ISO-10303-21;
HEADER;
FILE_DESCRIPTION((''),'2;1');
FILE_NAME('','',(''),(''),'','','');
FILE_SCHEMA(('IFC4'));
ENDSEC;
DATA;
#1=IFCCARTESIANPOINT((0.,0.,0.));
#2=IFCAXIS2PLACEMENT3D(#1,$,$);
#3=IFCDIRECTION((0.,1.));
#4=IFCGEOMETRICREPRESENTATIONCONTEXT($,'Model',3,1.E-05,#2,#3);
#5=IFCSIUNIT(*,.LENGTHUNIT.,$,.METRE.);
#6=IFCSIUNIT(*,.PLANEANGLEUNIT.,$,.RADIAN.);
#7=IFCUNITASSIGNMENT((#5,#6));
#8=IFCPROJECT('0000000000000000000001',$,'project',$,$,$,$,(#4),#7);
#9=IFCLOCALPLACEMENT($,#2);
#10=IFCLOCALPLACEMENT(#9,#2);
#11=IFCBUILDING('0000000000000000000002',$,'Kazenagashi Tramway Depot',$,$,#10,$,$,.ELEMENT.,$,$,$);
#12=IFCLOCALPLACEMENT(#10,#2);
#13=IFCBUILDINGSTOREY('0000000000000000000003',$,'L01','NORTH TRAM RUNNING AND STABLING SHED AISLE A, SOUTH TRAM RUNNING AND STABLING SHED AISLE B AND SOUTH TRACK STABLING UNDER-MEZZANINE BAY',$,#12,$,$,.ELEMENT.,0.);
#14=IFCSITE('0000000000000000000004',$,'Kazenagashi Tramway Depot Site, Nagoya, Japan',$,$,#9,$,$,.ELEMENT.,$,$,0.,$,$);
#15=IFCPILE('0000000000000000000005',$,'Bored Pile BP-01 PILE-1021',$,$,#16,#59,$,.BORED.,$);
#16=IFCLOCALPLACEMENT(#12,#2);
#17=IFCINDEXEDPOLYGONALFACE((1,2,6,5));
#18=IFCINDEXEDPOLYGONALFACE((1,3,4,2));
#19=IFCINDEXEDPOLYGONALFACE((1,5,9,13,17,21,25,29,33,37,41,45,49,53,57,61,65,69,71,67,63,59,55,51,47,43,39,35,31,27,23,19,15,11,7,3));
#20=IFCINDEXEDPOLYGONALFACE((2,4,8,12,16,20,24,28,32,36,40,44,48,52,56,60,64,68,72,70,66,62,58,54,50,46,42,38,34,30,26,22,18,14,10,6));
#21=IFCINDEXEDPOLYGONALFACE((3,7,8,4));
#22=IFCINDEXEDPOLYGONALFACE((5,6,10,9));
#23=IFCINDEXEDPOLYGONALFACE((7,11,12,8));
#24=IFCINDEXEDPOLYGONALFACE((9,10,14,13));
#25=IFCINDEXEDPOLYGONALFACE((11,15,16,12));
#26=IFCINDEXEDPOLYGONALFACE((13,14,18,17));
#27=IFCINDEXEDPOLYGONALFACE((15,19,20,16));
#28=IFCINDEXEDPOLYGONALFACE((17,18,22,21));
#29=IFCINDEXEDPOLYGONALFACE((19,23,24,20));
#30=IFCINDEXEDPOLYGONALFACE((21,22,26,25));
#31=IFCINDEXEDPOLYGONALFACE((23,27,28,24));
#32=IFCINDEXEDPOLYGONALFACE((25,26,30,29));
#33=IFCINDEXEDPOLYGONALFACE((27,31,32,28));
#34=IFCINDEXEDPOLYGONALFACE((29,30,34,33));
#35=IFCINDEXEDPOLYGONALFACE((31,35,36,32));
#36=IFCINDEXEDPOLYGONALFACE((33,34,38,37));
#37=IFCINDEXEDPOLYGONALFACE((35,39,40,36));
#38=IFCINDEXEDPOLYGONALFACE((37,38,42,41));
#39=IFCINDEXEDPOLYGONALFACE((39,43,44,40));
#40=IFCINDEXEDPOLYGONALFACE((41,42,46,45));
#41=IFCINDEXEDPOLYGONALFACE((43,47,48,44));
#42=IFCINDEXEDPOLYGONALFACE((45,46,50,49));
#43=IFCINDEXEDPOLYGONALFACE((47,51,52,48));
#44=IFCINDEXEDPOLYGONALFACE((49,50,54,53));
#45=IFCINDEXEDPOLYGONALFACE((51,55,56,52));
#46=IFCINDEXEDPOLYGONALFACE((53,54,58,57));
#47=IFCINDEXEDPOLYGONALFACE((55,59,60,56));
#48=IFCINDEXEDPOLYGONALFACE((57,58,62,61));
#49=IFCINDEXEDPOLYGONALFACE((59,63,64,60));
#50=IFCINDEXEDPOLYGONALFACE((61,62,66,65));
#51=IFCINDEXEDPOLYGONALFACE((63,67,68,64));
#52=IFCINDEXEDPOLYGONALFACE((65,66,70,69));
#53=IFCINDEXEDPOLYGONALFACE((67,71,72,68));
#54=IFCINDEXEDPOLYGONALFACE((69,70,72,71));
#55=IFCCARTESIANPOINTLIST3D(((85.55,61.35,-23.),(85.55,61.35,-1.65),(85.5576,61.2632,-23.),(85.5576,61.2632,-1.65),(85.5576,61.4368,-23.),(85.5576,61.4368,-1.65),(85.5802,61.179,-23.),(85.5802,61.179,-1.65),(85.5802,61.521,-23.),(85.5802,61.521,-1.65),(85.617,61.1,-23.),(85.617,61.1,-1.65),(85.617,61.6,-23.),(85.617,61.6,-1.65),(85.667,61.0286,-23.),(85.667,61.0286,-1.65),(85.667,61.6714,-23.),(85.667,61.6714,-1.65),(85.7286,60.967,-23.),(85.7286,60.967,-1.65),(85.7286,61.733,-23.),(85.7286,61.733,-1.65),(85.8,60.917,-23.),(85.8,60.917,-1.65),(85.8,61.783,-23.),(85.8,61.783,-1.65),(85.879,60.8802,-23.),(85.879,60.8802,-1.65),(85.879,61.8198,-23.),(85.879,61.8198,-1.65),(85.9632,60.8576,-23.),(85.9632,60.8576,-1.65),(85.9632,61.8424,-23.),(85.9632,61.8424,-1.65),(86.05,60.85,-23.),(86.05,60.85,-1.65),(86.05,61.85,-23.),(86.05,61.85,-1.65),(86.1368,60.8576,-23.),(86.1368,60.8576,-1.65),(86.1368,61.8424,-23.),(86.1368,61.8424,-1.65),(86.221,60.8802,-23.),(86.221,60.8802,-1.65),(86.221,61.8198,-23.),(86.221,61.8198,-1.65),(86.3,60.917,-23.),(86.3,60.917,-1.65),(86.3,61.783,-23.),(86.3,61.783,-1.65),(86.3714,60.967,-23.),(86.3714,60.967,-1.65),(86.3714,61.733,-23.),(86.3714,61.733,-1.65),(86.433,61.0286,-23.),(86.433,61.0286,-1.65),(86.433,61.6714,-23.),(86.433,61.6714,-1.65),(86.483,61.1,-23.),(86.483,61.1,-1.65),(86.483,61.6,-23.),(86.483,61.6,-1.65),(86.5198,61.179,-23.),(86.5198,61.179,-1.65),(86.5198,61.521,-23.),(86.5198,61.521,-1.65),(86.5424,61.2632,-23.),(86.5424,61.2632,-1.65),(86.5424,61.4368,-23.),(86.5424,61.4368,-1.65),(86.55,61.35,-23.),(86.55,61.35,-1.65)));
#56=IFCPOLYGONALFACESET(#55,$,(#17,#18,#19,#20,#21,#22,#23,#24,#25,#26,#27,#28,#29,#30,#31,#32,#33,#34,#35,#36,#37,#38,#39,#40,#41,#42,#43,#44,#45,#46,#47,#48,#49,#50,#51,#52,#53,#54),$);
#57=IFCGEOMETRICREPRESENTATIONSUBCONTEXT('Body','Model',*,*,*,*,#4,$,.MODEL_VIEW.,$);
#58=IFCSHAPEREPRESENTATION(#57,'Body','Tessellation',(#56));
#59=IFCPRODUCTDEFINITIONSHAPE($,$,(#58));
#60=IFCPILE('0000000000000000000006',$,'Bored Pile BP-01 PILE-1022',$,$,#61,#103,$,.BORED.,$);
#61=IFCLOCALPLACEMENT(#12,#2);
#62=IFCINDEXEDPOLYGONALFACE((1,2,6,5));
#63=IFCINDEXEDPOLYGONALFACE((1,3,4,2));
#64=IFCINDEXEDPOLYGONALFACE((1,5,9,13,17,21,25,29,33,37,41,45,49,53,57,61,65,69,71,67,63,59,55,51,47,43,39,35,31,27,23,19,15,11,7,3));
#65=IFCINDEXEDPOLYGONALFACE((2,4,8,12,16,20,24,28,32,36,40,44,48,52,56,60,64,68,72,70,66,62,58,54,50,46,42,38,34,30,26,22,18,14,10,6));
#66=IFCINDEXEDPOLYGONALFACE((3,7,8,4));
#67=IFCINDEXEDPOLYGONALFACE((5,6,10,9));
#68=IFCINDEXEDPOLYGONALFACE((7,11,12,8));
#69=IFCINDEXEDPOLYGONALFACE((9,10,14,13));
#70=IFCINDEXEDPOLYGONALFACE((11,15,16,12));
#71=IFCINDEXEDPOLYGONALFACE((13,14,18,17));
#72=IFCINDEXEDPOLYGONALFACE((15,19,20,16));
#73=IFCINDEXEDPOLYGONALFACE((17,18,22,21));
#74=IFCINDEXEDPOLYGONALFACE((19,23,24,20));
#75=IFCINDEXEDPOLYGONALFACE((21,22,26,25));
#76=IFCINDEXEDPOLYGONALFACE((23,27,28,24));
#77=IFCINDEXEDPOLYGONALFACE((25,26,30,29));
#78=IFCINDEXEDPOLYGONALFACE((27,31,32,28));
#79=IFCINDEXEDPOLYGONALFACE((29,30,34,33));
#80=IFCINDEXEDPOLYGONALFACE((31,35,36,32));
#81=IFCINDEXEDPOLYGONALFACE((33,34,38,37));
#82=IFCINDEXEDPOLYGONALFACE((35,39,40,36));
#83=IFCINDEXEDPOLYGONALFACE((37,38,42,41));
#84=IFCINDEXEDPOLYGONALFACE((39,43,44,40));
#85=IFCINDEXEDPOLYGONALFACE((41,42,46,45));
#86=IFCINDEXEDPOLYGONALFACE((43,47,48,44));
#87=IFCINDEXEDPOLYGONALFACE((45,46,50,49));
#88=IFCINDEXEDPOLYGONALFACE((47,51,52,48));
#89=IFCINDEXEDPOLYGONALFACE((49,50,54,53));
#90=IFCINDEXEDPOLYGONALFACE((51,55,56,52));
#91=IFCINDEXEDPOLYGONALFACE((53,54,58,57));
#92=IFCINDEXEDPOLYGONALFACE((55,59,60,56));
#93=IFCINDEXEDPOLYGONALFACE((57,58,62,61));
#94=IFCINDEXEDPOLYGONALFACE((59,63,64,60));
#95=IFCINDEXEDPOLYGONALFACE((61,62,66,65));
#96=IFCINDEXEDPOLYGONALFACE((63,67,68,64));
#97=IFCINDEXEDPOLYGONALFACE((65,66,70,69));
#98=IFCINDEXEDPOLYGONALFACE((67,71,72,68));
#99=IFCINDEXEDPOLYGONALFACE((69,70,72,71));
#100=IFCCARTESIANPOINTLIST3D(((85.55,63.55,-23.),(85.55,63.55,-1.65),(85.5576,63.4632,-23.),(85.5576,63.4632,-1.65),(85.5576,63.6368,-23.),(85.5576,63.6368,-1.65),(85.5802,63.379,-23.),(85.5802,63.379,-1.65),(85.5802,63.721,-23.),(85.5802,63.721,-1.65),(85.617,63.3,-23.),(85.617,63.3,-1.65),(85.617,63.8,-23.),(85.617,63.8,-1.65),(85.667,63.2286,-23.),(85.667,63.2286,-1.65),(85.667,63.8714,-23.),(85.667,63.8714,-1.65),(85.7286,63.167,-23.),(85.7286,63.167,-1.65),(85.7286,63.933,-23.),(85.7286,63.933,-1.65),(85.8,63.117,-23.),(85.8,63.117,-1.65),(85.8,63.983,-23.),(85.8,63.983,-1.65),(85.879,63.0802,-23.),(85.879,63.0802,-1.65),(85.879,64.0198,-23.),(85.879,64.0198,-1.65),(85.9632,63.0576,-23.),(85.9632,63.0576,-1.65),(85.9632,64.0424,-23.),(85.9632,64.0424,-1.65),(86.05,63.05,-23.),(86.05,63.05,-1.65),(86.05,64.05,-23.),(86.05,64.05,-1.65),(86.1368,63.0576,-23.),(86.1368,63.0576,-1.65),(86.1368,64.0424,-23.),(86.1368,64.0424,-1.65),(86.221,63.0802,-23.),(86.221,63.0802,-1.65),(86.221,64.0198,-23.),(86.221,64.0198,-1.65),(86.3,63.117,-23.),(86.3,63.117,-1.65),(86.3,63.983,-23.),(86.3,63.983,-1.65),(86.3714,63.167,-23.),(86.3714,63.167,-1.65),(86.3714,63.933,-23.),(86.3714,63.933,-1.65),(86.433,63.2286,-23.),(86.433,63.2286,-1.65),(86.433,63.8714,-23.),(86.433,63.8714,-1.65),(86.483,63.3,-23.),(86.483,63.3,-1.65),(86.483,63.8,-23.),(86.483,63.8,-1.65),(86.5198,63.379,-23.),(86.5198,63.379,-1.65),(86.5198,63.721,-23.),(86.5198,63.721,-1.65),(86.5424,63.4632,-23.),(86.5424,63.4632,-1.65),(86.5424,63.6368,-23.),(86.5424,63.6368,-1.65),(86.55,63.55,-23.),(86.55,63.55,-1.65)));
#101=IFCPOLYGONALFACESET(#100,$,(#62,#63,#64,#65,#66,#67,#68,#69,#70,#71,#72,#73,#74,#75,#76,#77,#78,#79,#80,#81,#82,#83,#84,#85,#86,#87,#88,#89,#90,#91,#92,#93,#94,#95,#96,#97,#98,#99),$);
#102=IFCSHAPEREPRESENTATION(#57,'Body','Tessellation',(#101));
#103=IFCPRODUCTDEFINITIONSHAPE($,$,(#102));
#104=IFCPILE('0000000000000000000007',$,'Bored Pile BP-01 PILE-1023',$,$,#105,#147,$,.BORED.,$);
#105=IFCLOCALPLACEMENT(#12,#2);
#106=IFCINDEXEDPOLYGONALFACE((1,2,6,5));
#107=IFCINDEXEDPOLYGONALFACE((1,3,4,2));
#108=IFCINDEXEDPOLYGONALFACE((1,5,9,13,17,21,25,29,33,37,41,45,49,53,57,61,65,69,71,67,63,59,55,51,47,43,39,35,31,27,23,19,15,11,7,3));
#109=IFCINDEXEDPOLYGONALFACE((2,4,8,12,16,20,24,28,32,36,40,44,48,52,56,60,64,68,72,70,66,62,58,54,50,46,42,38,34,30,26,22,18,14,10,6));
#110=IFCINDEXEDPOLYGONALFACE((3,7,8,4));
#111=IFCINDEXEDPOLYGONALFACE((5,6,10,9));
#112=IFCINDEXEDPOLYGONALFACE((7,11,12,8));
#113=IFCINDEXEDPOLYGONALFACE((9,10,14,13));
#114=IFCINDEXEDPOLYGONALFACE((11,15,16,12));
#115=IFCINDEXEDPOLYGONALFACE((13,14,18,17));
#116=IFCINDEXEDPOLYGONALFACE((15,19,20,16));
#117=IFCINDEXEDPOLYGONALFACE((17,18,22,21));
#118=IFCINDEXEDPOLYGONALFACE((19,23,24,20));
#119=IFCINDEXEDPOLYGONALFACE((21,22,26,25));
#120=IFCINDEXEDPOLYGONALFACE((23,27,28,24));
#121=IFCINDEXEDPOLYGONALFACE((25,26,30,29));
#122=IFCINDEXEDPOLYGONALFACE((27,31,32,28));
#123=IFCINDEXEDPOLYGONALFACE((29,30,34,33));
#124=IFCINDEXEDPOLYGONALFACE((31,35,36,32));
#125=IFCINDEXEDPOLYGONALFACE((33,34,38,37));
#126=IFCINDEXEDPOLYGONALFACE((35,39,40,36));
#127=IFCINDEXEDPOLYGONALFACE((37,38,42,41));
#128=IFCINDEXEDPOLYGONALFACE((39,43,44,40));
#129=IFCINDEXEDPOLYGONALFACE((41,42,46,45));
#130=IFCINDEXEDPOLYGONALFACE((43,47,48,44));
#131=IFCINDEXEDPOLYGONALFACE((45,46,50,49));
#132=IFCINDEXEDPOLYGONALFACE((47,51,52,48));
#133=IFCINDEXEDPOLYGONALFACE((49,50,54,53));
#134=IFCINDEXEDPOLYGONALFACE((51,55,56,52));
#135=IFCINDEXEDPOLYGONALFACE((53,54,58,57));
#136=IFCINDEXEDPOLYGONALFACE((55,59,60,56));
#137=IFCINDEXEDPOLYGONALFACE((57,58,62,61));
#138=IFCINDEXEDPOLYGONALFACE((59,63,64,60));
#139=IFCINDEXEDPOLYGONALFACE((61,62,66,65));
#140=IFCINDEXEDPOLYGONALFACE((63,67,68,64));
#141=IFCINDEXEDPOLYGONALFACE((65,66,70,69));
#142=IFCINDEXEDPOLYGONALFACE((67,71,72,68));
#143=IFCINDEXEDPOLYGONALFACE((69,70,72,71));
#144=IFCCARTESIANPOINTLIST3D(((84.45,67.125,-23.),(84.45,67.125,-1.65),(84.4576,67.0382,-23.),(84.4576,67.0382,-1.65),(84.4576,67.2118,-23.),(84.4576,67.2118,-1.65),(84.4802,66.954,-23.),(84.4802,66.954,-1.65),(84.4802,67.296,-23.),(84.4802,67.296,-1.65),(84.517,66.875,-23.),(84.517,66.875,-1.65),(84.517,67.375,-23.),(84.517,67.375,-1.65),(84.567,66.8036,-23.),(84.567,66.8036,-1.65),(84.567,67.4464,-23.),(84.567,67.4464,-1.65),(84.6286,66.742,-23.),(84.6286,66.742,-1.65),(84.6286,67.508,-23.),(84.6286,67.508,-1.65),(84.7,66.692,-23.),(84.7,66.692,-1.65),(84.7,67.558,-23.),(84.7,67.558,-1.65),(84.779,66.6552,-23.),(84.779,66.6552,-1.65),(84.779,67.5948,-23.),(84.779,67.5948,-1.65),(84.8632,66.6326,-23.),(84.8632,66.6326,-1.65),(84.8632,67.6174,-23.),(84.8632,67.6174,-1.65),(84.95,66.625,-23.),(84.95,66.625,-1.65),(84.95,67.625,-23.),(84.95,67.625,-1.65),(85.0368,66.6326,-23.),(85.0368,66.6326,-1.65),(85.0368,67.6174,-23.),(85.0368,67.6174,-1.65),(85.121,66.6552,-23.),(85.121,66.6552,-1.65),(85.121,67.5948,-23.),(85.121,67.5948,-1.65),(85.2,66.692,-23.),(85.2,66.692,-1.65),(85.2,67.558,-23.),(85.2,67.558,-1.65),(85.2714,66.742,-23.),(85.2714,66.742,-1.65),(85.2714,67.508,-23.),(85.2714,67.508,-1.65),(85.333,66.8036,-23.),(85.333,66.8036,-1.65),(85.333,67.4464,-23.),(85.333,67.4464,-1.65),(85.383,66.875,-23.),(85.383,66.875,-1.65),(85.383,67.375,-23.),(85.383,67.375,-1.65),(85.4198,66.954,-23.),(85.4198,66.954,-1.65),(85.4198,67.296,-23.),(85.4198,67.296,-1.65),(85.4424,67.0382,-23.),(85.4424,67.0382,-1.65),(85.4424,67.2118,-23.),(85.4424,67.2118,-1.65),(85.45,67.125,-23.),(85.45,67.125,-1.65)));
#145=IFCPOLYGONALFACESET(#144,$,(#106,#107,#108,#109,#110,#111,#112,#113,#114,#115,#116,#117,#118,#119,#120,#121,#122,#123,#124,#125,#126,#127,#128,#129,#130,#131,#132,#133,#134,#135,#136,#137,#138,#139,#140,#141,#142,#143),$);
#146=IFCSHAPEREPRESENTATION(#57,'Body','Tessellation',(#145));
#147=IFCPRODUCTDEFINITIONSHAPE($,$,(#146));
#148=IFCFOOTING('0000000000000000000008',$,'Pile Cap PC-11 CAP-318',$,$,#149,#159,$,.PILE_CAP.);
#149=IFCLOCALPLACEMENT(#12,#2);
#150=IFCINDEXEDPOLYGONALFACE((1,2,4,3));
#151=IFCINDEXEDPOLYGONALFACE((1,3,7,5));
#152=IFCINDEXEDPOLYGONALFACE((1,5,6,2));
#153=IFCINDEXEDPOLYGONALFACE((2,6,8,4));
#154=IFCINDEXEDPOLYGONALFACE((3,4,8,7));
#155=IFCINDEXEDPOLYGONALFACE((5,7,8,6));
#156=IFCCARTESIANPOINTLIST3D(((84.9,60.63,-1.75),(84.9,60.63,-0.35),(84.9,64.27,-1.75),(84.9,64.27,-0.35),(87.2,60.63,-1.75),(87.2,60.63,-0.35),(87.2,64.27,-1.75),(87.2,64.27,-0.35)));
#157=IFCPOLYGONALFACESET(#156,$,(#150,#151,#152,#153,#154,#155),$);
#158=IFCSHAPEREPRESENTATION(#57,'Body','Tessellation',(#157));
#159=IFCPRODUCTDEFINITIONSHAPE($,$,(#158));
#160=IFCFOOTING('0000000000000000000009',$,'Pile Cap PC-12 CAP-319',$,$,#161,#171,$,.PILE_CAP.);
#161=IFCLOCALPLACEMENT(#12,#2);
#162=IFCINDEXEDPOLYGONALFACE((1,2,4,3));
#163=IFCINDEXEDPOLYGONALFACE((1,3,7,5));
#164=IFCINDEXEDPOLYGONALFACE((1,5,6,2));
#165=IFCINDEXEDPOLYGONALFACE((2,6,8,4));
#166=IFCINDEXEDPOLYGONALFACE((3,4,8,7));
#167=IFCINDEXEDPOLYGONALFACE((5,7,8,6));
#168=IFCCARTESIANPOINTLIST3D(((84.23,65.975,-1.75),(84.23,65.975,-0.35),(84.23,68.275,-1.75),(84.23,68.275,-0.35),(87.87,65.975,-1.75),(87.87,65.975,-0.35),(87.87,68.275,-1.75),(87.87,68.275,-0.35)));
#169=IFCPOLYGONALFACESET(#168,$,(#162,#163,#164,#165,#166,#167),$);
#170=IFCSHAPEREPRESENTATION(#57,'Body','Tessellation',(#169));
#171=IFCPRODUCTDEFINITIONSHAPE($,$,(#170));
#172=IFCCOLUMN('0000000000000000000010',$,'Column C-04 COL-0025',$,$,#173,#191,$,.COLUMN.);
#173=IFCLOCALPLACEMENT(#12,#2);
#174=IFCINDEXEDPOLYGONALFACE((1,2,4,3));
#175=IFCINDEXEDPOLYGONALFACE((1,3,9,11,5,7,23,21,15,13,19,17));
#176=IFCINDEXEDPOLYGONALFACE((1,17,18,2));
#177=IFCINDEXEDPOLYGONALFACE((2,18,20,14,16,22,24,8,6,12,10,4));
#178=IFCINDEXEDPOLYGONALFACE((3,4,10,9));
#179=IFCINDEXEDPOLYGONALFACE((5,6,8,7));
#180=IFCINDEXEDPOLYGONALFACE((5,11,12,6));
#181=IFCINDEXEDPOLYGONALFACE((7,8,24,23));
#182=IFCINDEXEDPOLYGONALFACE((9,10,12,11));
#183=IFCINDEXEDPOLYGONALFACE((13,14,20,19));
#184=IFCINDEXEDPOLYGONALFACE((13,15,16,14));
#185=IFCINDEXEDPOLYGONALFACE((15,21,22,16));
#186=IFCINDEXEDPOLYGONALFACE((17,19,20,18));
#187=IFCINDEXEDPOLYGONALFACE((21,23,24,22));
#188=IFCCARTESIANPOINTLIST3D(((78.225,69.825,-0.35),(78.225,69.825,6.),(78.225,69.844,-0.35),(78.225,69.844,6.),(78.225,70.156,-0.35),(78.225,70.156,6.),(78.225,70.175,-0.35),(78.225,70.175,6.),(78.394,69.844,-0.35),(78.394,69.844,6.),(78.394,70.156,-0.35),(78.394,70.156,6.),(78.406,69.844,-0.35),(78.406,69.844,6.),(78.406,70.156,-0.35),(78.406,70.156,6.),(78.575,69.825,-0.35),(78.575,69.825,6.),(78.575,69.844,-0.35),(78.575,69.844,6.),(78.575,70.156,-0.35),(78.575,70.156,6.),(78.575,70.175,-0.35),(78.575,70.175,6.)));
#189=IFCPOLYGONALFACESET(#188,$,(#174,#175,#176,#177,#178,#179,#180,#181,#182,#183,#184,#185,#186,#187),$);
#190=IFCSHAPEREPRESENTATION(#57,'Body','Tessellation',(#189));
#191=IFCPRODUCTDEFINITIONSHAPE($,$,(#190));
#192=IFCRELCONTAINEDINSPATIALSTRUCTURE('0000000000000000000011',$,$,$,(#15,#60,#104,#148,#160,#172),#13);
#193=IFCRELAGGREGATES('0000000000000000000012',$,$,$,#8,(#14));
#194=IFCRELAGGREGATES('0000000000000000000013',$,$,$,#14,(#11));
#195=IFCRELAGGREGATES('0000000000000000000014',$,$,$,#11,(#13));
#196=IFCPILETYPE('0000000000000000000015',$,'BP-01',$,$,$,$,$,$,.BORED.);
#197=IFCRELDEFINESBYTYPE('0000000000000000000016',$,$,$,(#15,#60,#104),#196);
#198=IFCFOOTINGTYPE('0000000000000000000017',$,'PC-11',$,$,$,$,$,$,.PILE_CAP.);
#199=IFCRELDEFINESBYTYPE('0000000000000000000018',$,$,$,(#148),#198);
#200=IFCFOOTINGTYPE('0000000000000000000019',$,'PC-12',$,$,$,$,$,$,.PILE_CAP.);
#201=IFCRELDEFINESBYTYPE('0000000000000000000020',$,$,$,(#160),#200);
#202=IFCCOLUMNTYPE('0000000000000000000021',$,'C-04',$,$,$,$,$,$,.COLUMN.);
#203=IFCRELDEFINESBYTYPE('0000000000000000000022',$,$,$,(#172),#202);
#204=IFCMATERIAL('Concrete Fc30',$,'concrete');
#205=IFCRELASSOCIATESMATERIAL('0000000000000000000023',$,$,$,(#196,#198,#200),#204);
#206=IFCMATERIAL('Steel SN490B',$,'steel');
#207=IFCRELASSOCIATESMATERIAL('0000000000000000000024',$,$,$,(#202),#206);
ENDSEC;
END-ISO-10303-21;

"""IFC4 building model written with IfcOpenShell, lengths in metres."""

from ifc_helpers import new_model, si_unit, direction, frame, origin, origin_2d, place, context, subcontext, project, spatial, rectangle, circle, i_section, extrude, material, material_profile, profile_set, type_object, element, save


model = new_model("IFC4")

# Units and contexts
model_context = context("Model", 3, precision=1e-05, world=origin(), true_north=direction((0.0, 1.0)))
body_context = subcontext(model_context, "Body", "Model", "MODEL_VIEW")
ifc_project = project(units=[si_unit("LENGTHUNIT", "METRE"), si_unit("PLANEANGLEUNIT", "RADIAN")], contexts=[model_context])

# Site, building, storey
site_placement = place(None, origin())
site = spatial("IfcSite", under=ifc_project, at=site_placement, Name="Kazenagashi Tramway Depot Site, Nagoya, Japan", CompositionType="ELEMENT", RefElevation=0.0)
building_placement = place(site_placement, origin())
building = spatial("IfcBuilding", under=site, at=building_placement, Name="Kazenagashi Tramway Depot", CompositionType="ELEMENT")
storey_placement = place(building_placement, origin())
storey = spatial("IfcBuildingStorey", under=building, at=storey_placement, Name="L01", Description="NORTH TRAM RUNNING AND STABLING SHED AISLE A, SOUTH TRAM RUNNING AND STABLING SHED AISLE B AND SOUTH TRACK STABLING UNDER-MEZZANINE BAY", CompositionType="ELEMENT", Elevation=0.0)

# Piles
ifc_material_1 = material(Name="Concrete Fc30", Category="concrete")
ifc_material_profile_1 = material_profile(ifc_material_1, circle(Radius=0.5, at=origin_2d()), Name="PILE-1000")
ifc_profile_set_1 = profile_set([ifc_material_profile_1], Name="Concrete Fc30")
pile_type = type_object("IfcPileType", Name="BP-01", PredefinedType="BORED", material=ifc_profile_set_1)
for number, where, z_axis, x_axis, name in (
    (1, (86.05, 61.35, -1.65), (0.0, 0.0, -1.0), (1.0, 0.0, 0.0), "Bored Pile BP-01 PILE-1021"),
    (2, (86.05, 63.55, -1.65), (0.0, 0.0, -1.0), (1.0, 0.0, 0.0), "Bored Pile BP-01 PILE-1022"),
    (3, (84.95, 67.125, -1.65), (0.0, 0.0, -1.0), (1.0, 0.0, 0.0), "Bored Pile BP-01 PILE-1023"),
):
    element("IfcPile", number, at=place(storey_placement, frame(where, z_axis=z_axis, x_axis=x_axis)), inside=storey, type_object=pile_type, Name=name, PredefinedType="BORED", context=body_context, shape_type="SweptSolid", body=[
        extrude(circle(Radius=0.5, at=origin_2d()), origin(), (0.0, 0.0, 1.0), 21.35),
    ])

# Footings
footing_type_1 = type_object("IfcFootingType", Name="PC-11", PredefinedType="PILE_CAP", material=ifc_material_1)
footing_1_placement = place(storey_placement, frame((86.05, 62.45, -1.75), z_axis=(0.0, 0.0, 1.0), x_axis=(1.0, 0.0, 0.0)))
element("IfcFooting", 4, at=footing_1_placement, inside=storey, type_object=footing_type_1, Name="Pile Cap PC-11 CAP-318", PredefinedType="PILE_CAP", context=body_context, shape_type="SweptSolid", body=[
    extrude(rectangle(XDim=2.3, YDim=3.64, at=origin_2d()), origin(), (0.0, 0.0, 1.0), 1.4),
])
footing_type_2 = type_object("IfcFootingType", Name="PC-12", PredefinedType="PILE_CAP", material=ifc_material_1)
footing_2_placement = place(storey_placement, frame((86.05, 67.125, -1.75), z_axis=(0.0, 0.0, 1.0), x_axis=(1.0, 0.0, 0.0)))
element("IfcFooting", 5, at=footing_2_placement, inside=storey, type_object=footing_type_2, Name="Pile Cap PC-12 CAP-319", PredefinedType="PILE_CAP", context=body_context, shape_type="SweptSolid", body=[
    extrude(rectangle(XDim=3.64, YDim=2.3, at=origin_2d()), origin(), (0.0, 0.0, 1.0), 1.4),
])

# Column
ifc_material_2 = material(Name="Steel SN490B", Category="steel")
ifc_material_profile_2 = material_profile(ifc_material_2, i_section(OverallWidth=0.35, OverallDepth=0.35, WebThickness=0.012, FlangeThickness=0.019, at=origin_2d()), Name="H-350x350x12x19")
ifc_profile_set_2 = profile_set([ifc_material_profile_2], Name="Steel SN490B")
column_type_1 = type_object("IfcColumnType", Name="C-04", PredefinedType="COLUMN", material=ifc_profile_set_2)
column_placement = place(storey_placement, frame((78.4, 70.0, -0.35), z_axis=(0.0, 0.0, 1.0), x_axis=(1.0, 0.0, 0.0)))
element("IfcColumn", 6, at=column_placement, inside=storey, type_object=column_type_1, Name="Column C-04 COL-0025", PredefinedType="COLUMN", context=body_context, shape_type="SweptSolid", body=[
    extrude(i_section(OverallWidth=0.35, OverallDepth=0.35, WebThickness=0.012, FlangeThickness=0.019, at=origin_2d()), origin(), (0.0, 0.0, 1.0), 6.35),
])

save(model, "model.ifc")
